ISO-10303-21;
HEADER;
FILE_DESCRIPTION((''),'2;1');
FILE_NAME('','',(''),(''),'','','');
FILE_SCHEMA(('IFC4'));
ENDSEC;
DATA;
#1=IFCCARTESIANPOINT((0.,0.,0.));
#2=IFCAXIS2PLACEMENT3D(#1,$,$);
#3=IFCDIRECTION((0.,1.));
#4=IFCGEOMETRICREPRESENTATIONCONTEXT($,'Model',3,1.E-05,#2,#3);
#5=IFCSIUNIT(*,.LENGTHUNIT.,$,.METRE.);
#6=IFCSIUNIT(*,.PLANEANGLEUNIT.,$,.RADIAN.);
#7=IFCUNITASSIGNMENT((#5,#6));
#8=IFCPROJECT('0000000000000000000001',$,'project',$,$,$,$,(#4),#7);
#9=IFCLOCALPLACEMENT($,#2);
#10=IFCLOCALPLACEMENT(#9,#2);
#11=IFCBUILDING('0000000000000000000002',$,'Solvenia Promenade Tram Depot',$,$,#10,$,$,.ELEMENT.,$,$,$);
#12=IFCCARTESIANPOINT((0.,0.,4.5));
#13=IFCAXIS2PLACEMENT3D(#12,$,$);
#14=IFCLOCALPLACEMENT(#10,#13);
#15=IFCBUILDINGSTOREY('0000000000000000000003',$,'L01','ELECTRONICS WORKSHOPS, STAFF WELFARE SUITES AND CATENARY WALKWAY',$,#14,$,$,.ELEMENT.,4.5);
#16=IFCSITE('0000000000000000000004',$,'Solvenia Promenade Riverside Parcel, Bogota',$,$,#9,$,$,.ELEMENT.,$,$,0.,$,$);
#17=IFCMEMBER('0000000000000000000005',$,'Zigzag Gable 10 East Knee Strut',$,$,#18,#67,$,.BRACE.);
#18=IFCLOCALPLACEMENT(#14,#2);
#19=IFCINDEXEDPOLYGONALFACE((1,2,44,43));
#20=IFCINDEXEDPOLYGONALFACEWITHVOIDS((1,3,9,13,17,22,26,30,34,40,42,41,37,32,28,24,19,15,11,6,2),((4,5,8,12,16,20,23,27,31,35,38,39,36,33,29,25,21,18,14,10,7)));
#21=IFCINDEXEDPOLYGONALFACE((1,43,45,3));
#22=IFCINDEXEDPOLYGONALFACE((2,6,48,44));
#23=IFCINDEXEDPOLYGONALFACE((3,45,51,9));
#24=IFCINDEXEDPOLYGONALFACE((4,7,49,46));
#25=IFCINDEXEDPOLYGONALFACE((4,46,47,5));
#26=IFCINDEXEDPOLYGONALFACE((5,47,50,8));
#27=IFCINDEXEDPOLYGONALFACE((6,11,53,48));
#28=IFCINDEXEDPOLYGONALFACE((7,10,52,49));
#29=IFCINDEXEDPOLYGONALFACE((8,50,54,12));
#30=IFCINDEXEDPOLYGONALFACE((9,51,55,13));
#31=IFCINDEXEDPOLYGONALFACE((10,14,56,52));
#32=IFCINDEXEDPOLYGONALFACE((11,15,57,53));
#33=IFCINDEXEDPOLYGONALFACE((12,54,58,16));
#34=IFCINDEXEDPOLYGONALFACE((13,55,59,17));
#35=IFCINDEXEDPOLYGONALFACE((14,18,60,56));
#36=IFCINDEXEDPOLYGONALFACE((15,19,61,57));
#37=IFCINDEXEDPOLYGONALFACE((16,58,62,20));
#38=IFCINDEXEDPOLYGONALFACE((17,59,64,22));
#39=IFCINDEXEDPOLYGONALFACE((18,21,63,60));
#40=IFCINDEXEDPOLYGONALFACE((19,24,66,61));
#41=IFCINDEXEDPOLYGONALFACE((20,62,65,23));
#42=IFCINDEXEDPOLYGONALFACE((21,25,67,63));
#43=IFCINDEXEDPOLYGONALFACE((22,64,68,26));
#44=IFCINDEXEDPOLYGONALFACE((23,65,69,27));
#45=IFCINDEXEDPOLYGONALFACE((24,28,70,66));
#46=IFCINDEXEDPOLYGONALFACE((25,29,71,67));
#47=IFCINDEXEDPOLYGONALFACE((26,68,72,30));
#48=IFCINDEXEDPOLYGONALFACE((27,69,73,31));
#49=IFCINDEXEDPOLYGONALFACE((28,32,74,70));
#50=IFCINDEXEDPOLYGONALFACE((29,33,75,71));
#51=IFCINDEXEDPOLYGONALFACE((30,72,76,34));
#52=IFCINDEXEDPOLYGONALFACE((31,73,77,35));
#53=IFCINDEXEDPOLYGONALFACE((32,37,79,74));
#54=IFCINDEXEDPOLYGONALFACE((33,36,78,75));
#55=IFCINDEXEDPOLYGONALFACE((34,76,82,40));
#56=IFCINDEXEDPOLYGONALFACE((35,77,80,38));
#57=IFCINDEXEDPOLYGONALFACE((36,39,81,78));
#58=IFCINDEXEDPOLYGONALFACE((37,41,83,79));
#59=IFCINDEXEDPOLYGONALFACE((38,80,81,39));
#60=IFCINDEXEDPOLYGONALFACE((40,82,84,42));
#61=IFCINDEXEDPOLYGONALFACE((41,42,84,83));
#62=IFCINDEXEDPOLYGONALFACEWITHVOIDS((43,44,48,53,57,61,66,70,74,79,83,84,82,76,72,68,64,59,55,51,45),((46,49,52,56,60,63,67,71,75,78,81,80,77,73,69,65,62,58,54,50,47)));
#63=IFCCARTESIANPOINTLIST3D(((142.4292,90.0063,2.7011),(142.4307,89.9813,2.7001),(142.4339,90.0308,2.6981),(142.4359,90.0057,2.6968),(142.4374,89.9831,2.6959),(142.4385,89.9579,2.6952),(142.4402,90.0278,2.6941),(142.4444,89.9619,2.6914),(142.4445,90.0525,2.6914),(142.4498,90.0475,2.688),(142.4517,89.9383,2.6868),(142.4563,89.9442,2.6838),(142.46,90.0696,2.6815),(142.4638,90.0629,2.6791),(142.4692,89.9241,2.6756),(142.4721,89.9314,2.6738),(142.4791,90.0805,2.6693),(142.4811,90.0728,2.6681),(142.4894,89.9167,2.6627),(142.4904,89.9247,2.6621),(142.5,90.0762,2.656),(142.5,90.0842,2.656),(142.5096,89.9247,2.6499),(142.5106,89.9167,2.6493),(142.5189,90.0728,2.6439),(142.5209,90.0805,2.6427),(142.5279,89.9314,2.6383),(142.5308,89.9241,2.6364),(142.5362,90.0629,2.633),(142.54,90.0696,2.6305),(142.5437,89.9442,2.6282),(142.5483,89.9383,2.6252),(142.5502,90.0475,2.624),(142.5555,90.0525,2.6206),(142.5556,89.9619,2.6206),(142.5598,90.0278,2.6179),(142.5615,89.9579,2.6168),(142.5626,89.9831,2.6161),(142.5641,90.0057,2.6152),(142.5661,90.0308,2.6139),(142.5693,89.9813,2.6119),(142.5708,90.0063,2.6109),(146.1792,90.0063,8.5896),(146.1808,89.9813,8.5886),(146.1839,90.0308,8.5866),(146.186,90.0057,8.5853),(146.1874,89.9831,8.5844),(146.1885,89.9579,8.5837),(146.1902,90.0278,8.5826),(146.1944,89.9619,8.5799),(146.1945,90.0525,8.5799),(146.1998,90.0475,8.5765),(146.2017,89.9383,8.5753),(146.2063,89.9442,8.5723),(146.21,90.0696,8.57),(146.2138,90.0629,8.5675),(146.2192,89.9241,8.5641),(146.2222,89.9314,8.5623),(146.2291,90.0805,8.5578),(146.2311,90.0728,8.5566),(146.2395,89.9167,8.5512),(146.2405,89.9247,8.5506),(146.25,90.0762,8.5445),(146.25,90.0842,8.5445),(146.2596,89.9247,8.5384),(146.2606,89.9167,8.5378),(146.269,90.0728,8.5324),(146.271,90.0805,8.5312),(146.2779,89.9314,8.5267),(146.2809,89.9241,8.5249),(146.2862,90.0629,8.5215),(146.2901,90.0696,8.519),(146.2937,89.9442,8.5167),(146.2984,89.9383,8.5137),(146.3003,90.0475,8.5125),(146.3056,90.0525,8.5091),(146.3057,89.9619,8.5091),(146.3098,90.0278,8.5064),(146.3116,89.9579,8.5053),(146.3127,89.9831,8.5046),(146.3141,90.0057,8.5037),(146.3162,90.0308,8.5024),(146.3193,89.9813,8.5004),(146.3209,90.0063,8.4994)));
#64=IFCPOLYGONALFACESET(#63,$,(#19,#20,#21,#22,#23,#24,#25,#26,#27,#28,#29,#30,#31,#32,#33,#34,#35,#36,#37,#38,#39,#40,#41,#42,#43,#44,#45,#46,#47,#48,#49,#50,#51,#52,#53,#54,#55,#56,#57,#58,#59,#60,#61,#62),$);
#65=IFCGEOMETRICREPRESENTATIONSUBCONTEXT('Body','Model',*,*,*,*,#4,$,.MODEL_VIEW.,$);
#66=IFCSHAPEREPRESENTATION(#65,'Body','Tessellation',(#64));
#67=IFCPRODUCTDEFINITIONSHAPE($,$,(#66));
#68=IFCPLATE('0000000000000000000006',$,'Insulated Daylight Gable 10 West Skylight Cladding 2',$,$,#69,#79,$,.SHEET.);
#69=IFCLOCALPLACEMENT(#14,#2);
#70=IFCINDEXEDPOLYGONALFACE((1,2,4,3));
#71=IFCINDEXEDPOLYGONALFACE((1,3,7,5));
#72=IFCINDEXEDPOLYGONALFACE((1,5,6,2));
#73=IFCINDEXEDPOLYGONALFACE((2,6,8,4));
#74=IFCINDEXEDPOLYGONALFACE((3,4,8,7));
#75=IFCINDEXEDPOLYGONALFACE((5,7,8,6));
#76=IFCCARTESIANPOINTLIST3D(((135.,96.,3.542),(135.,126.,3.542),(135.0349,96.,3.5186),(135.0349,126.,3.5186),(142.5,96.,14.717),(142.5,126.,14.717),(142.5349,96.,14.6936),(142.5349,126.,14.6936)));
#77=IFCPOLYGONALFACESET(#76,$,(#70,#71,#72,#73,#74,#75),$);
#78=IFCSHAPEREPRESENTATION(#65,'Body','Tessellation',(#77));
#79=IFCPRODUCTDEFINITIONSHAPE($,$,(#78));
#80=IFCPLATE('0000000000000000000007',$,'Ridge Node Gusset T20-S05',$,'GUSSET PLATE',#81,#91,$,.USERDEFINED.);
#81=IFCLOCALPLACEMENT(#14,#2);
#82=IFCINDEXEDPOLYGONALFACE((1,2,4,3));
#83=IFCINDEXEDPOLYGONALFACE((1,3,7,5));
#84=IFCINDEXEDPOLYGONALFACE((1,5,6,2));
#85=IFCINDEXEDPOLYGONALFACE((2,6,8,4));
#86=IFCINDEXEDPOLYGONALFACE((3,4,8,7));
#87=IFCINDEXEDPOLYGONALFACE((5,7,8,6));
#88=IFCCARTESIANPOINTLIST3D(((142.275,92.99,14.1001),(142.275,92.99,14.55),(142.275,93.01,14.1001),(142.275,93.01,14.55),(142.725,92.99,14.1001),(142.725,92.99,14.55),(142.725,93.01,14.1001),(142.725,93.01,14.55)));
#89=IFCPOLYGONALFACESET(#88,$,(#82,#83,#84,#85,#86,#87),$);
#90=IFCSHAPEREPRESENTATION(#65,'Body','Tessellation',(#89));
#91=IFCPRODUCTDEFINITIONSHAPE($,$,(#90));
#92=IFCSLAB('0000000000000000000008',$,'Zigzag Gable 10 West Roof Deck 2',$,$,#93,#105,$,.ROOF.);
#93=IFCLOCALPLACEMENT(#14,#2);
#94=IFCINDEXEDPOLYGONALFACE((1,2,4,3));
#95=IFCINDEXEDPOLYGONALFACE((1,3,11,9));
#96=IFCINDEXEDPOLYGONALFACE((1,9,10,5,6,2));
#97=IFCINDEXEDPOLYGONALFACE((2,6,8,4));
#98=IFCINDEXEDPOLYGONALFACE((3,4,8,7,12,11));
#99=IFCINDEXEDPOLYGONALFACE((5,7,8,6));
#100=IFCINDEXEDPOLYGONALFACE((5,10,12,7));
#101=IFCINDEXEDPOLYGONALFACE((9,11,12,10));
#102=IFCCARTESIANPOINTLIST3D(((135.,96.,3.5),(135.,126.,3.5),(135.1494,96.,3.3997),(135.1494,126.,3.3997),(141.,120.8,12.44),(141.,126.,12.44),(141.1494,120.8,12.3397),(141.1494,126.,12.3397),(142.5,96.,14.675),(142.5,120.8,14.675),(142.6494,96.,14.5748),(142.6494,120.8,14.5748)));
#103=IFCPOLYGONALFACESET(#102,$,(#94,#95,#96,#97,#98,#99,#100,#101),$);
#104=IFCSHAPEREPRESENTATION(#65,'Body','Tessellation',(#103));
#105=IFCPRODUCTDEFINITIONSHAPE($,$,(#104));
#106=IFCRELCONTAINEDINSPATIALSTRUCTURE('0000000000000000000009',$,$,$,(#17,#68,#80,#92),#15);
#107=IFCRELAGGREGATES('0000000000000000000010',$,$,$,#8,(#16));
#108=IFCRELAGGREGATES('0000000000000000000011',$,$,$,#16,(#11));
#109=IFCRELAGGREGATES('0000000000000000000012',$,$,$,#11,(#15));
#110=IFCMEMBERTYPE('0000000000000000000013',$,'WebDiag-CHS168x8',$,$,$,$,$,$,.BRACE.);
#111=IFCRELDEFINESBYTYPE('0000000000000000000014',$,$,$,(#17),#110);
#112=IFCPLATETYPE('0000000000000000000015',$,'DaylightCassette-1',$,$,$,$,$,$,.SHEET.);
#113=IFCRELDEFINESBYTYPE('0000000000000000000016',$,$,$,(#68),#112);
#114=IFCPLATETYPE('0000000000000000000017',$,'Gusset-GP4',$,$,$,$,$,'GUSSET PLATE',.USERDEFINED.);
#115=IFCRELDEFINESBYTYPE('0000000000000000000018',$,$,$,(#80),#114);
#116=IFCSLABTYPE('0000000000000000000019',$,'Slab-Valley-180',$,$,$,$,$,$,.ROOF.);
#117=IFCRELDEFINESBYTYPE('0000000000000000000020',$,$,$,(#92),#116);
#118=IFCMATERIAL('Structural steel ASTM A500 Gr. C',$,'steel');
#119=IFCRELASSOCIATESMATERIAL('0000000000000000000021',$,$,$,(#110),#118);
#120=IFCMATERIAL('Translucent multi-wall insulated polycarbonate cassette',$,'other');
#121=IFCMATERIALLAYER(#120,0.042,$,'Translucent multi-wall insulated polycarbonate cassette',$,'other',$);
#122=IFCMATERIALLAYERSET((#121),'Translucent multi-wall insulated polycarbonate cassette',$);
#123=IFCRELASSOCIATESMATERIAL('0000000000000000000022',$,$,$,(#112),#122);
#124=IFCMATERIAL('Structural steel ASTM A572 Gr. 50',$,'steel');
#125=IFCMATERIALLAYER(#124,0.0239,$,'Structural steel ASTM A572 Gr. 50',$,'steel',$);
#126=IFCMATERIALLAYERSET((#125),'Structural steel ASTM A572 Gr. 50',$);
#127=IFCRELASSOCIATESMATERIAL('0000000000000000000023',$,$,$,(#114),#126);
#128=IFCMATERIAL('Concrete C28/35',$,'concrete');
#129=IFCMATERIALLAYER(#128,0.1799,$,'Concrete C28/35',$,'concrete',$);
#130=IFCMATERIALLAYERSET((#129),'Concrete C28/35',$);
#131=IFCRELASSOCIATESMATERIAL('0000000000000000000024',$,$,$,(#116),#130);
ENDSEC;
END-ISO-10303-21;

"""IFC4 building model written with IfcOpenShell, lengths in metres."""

from ifc_helpers import new_model, si_unit, direction, frame, origin, origin_2d, place, context, subcontext, project, spatial, polyline, rectangle, hollow_circle, outline, extrude, material, layer, layer_set, material_profile, profile_set, type_object, element, save


model = new_model("IFC4")

# Units and contexts
model_context = context("Model", 3, precision=1e-05, world=origin(), true_north=direction((0.0, 1.0)))
body_context = subcontext(model_context, "Body", "Model", "MODEL_VIEW")
ifc_project = project(units=[si_unit("LENGTHUNIT", "METRE"), si_unit("PLANEANGLEUNIT", "RADIAN")], contexts=[model_context])

# Site, building, storey
site_placement = place(None, origin())
site = spatial("IfcSite", under=ifc_project, at=site_placement, Name="Solvenia Promenade Riverside Parcel, Bogota", CompositionType="ELEMENT", RefElevation=0.0)
building_placement = place(site_placement, origin())
building = spatial("IfcBuilding", under=site, at=building_placement, Name="Solvenia Promenade Tram Depot", CompositionType="ELEMENT")
storey_placement = place(building_placement, frame((0.0, 0.0, 4.5)))
storey = spatial("IfcBuildingStorey", under=building, at=storey_placement, Name="L01", Description="ELECTRONICS WORKSHOPS, STAFF WELFARE SUITES AND CATENARY WALKWAY", CompositionType="ELEMENT", Elevation=4.5)

# Shared definitions
ifc_material_1 = material(Name="Structural steel ASTM A500 Gr. C", Category="steel")

# Member
ifc_material_profile_1 = material_profile(ifc_material_1, hollow_circle(Radius=0.0842, WallThickness=0.0081, at=origin_2d()), Name="CHS168.3x8", Category="steel")
ifc_profile_set_1 = profile_set([ifc_material_profile_1], Name="Structural steel ASTM A500 Gr. C")
member_type_1 = type_object("IfcMemberType", Name="WebDiag-CHS168x8", PredefinedType="BRACE", material=ifc_profile_set_1)
for number, where, z_axis, x_axis, name in (
    (1, (142.5, 90.0, 2.656), (0.537163, 0.0, 0.843479), (0.0, 1.0, 0.0), "Zigzag Gable 10 East Knee Strut"),
):
    element("IfcMember", number, at=place(storey_placement, frame(where, z_axis=z_axis, x_axis=x_axis)), inside=storey, type_object=member_type_1, Name=name, PredefinedType="BRACE", context=body_context, shape_type="SweptSolid", body=[
        extrude(hollow_circle(Radius=0.0842, WallThickness=0.0081, at=origin_2d()), origin(), (0.0, 0.0, 1.0), 6.9812),
    ])

# Plates
ifc_material_2 = material(Name="Translucent multi-wall insulated polycarbonate cassette", Category="other")
ifc_layer_1 = layer(ifc_material_2, 0.042, Name="Translucent multi-wall insulated polycarbonate cassette", Category="other")
ifc_layer_set_1 = layer_set([ifc_layer_1], Name="Translucent multi-wall insulated polycarbonate cassette")
plate_type_1 = type_object("IfcPlateType", Name="DaylightCassette-1", PredefinedType="SHEET", material=ifc_layer_set_1)
plate_1_placement = place(storey_placement, frame((135.0, 96.0, 3.542), z_axis=(-0.830333, 0.0, 0.557268), x_axis=(0.0, 1.0, 0.0)))
element("IfcPlate", 2, at=plate_1_placement, inside=storey, type_object=plate_type_1, Name="Insulated Daylight Gable 10 West Skylight Cladding 2", PredefinedType="SHEET", context=body_context, shape_type="SweptSolid", body=[
    extrude(outline(polyline([(0.0, 0.0), (30.0, 0.0), (30.0, -13.4585), (0.0, -13.4585), (0.0, 0.0)])), origin(), (0.0, 0.0, -1.0), 0.042),
])
ifc_material_3 = material(Name="Structural steel ASTM A572 Gr. 50", Category="steel")
ifc_layer_2 = layer(ifc_material_3, 0.0239, Name="Structural steel ASTM A572 Gr. 50", Category="steel")
ifc_layer_set_2 = layer_set([ifc_layer_2], Name="Structural steel ASTM A572 Gr. 50")
plate_type_2 = type_object("IfcPlateType", Name="Gusset-GP4", ElementType="GUSSET PLATE", PredefinedType="USERDEFINED", material=ifc_layer_set_2)
plate_2_placement = place(storey_placement, frame((142.5, 93.0, 14.1001), z_axis=(0.0, 0.0, 1.0), x_axis=(1.0, 0.0, 0.0)))
element("IfcPlate", 3, at=plate_2_placement, inside=storey, type_object=plate_type_2, Name="Ridge Node Gusset T20-S05", ObjectType="GUSSET PLATE", PredefinedType="USERDEFINED", context=body_context, shape_type="SweptSolid", body=[
    extrude(rectangle(XDim=0.45, YDim=0.02, at=origin_2d()), origin(), (0.0, 0.0, 1.0), 0.45),
])

# Slab
ifc_material_4 = material(Name="Concrete C28/35", Category="concrete")
ifc_layer_3 = layer(ifc_material_4, 0.1799, Name="Concrete C28/35", Category="concrete")
ifc_layer_set_3 = layer_set([ifc_layer_3], Name="Concrete C28/35")
slab_type = type_object("IfcSlabType", Name="Slab-Valley-180", PredefinedType="ROOF", material=ifc_layer_set_3)
slab_placement = place(storey_placement, frame((135.0, 96.0, 3.5), z_axis=(-0.830332, 0.000001, 0.557268), x_axis=(0.000001, 1.0, -0.000001)))
element("IfcSlab", 4, at=slab_placement, inside=storey, type_object=slab_type, Name="Zigzag Gable 10 West Roof Deck 2", PredefinedType="ROOF", context=body_context, shape_type="SweptSolid", body=[
    extrude(outline(polyline([(0.0, 0.0), (30.0, 0.0), (30.0, -10.7667), (24.8, -10.7667), (24.8, -13.4585), (0.0, -13.4585), (0.0, 0.0)])), origin(), (0.0, 0.0, -1.0), 0.1799),
])

save(model, "model.ifc")
